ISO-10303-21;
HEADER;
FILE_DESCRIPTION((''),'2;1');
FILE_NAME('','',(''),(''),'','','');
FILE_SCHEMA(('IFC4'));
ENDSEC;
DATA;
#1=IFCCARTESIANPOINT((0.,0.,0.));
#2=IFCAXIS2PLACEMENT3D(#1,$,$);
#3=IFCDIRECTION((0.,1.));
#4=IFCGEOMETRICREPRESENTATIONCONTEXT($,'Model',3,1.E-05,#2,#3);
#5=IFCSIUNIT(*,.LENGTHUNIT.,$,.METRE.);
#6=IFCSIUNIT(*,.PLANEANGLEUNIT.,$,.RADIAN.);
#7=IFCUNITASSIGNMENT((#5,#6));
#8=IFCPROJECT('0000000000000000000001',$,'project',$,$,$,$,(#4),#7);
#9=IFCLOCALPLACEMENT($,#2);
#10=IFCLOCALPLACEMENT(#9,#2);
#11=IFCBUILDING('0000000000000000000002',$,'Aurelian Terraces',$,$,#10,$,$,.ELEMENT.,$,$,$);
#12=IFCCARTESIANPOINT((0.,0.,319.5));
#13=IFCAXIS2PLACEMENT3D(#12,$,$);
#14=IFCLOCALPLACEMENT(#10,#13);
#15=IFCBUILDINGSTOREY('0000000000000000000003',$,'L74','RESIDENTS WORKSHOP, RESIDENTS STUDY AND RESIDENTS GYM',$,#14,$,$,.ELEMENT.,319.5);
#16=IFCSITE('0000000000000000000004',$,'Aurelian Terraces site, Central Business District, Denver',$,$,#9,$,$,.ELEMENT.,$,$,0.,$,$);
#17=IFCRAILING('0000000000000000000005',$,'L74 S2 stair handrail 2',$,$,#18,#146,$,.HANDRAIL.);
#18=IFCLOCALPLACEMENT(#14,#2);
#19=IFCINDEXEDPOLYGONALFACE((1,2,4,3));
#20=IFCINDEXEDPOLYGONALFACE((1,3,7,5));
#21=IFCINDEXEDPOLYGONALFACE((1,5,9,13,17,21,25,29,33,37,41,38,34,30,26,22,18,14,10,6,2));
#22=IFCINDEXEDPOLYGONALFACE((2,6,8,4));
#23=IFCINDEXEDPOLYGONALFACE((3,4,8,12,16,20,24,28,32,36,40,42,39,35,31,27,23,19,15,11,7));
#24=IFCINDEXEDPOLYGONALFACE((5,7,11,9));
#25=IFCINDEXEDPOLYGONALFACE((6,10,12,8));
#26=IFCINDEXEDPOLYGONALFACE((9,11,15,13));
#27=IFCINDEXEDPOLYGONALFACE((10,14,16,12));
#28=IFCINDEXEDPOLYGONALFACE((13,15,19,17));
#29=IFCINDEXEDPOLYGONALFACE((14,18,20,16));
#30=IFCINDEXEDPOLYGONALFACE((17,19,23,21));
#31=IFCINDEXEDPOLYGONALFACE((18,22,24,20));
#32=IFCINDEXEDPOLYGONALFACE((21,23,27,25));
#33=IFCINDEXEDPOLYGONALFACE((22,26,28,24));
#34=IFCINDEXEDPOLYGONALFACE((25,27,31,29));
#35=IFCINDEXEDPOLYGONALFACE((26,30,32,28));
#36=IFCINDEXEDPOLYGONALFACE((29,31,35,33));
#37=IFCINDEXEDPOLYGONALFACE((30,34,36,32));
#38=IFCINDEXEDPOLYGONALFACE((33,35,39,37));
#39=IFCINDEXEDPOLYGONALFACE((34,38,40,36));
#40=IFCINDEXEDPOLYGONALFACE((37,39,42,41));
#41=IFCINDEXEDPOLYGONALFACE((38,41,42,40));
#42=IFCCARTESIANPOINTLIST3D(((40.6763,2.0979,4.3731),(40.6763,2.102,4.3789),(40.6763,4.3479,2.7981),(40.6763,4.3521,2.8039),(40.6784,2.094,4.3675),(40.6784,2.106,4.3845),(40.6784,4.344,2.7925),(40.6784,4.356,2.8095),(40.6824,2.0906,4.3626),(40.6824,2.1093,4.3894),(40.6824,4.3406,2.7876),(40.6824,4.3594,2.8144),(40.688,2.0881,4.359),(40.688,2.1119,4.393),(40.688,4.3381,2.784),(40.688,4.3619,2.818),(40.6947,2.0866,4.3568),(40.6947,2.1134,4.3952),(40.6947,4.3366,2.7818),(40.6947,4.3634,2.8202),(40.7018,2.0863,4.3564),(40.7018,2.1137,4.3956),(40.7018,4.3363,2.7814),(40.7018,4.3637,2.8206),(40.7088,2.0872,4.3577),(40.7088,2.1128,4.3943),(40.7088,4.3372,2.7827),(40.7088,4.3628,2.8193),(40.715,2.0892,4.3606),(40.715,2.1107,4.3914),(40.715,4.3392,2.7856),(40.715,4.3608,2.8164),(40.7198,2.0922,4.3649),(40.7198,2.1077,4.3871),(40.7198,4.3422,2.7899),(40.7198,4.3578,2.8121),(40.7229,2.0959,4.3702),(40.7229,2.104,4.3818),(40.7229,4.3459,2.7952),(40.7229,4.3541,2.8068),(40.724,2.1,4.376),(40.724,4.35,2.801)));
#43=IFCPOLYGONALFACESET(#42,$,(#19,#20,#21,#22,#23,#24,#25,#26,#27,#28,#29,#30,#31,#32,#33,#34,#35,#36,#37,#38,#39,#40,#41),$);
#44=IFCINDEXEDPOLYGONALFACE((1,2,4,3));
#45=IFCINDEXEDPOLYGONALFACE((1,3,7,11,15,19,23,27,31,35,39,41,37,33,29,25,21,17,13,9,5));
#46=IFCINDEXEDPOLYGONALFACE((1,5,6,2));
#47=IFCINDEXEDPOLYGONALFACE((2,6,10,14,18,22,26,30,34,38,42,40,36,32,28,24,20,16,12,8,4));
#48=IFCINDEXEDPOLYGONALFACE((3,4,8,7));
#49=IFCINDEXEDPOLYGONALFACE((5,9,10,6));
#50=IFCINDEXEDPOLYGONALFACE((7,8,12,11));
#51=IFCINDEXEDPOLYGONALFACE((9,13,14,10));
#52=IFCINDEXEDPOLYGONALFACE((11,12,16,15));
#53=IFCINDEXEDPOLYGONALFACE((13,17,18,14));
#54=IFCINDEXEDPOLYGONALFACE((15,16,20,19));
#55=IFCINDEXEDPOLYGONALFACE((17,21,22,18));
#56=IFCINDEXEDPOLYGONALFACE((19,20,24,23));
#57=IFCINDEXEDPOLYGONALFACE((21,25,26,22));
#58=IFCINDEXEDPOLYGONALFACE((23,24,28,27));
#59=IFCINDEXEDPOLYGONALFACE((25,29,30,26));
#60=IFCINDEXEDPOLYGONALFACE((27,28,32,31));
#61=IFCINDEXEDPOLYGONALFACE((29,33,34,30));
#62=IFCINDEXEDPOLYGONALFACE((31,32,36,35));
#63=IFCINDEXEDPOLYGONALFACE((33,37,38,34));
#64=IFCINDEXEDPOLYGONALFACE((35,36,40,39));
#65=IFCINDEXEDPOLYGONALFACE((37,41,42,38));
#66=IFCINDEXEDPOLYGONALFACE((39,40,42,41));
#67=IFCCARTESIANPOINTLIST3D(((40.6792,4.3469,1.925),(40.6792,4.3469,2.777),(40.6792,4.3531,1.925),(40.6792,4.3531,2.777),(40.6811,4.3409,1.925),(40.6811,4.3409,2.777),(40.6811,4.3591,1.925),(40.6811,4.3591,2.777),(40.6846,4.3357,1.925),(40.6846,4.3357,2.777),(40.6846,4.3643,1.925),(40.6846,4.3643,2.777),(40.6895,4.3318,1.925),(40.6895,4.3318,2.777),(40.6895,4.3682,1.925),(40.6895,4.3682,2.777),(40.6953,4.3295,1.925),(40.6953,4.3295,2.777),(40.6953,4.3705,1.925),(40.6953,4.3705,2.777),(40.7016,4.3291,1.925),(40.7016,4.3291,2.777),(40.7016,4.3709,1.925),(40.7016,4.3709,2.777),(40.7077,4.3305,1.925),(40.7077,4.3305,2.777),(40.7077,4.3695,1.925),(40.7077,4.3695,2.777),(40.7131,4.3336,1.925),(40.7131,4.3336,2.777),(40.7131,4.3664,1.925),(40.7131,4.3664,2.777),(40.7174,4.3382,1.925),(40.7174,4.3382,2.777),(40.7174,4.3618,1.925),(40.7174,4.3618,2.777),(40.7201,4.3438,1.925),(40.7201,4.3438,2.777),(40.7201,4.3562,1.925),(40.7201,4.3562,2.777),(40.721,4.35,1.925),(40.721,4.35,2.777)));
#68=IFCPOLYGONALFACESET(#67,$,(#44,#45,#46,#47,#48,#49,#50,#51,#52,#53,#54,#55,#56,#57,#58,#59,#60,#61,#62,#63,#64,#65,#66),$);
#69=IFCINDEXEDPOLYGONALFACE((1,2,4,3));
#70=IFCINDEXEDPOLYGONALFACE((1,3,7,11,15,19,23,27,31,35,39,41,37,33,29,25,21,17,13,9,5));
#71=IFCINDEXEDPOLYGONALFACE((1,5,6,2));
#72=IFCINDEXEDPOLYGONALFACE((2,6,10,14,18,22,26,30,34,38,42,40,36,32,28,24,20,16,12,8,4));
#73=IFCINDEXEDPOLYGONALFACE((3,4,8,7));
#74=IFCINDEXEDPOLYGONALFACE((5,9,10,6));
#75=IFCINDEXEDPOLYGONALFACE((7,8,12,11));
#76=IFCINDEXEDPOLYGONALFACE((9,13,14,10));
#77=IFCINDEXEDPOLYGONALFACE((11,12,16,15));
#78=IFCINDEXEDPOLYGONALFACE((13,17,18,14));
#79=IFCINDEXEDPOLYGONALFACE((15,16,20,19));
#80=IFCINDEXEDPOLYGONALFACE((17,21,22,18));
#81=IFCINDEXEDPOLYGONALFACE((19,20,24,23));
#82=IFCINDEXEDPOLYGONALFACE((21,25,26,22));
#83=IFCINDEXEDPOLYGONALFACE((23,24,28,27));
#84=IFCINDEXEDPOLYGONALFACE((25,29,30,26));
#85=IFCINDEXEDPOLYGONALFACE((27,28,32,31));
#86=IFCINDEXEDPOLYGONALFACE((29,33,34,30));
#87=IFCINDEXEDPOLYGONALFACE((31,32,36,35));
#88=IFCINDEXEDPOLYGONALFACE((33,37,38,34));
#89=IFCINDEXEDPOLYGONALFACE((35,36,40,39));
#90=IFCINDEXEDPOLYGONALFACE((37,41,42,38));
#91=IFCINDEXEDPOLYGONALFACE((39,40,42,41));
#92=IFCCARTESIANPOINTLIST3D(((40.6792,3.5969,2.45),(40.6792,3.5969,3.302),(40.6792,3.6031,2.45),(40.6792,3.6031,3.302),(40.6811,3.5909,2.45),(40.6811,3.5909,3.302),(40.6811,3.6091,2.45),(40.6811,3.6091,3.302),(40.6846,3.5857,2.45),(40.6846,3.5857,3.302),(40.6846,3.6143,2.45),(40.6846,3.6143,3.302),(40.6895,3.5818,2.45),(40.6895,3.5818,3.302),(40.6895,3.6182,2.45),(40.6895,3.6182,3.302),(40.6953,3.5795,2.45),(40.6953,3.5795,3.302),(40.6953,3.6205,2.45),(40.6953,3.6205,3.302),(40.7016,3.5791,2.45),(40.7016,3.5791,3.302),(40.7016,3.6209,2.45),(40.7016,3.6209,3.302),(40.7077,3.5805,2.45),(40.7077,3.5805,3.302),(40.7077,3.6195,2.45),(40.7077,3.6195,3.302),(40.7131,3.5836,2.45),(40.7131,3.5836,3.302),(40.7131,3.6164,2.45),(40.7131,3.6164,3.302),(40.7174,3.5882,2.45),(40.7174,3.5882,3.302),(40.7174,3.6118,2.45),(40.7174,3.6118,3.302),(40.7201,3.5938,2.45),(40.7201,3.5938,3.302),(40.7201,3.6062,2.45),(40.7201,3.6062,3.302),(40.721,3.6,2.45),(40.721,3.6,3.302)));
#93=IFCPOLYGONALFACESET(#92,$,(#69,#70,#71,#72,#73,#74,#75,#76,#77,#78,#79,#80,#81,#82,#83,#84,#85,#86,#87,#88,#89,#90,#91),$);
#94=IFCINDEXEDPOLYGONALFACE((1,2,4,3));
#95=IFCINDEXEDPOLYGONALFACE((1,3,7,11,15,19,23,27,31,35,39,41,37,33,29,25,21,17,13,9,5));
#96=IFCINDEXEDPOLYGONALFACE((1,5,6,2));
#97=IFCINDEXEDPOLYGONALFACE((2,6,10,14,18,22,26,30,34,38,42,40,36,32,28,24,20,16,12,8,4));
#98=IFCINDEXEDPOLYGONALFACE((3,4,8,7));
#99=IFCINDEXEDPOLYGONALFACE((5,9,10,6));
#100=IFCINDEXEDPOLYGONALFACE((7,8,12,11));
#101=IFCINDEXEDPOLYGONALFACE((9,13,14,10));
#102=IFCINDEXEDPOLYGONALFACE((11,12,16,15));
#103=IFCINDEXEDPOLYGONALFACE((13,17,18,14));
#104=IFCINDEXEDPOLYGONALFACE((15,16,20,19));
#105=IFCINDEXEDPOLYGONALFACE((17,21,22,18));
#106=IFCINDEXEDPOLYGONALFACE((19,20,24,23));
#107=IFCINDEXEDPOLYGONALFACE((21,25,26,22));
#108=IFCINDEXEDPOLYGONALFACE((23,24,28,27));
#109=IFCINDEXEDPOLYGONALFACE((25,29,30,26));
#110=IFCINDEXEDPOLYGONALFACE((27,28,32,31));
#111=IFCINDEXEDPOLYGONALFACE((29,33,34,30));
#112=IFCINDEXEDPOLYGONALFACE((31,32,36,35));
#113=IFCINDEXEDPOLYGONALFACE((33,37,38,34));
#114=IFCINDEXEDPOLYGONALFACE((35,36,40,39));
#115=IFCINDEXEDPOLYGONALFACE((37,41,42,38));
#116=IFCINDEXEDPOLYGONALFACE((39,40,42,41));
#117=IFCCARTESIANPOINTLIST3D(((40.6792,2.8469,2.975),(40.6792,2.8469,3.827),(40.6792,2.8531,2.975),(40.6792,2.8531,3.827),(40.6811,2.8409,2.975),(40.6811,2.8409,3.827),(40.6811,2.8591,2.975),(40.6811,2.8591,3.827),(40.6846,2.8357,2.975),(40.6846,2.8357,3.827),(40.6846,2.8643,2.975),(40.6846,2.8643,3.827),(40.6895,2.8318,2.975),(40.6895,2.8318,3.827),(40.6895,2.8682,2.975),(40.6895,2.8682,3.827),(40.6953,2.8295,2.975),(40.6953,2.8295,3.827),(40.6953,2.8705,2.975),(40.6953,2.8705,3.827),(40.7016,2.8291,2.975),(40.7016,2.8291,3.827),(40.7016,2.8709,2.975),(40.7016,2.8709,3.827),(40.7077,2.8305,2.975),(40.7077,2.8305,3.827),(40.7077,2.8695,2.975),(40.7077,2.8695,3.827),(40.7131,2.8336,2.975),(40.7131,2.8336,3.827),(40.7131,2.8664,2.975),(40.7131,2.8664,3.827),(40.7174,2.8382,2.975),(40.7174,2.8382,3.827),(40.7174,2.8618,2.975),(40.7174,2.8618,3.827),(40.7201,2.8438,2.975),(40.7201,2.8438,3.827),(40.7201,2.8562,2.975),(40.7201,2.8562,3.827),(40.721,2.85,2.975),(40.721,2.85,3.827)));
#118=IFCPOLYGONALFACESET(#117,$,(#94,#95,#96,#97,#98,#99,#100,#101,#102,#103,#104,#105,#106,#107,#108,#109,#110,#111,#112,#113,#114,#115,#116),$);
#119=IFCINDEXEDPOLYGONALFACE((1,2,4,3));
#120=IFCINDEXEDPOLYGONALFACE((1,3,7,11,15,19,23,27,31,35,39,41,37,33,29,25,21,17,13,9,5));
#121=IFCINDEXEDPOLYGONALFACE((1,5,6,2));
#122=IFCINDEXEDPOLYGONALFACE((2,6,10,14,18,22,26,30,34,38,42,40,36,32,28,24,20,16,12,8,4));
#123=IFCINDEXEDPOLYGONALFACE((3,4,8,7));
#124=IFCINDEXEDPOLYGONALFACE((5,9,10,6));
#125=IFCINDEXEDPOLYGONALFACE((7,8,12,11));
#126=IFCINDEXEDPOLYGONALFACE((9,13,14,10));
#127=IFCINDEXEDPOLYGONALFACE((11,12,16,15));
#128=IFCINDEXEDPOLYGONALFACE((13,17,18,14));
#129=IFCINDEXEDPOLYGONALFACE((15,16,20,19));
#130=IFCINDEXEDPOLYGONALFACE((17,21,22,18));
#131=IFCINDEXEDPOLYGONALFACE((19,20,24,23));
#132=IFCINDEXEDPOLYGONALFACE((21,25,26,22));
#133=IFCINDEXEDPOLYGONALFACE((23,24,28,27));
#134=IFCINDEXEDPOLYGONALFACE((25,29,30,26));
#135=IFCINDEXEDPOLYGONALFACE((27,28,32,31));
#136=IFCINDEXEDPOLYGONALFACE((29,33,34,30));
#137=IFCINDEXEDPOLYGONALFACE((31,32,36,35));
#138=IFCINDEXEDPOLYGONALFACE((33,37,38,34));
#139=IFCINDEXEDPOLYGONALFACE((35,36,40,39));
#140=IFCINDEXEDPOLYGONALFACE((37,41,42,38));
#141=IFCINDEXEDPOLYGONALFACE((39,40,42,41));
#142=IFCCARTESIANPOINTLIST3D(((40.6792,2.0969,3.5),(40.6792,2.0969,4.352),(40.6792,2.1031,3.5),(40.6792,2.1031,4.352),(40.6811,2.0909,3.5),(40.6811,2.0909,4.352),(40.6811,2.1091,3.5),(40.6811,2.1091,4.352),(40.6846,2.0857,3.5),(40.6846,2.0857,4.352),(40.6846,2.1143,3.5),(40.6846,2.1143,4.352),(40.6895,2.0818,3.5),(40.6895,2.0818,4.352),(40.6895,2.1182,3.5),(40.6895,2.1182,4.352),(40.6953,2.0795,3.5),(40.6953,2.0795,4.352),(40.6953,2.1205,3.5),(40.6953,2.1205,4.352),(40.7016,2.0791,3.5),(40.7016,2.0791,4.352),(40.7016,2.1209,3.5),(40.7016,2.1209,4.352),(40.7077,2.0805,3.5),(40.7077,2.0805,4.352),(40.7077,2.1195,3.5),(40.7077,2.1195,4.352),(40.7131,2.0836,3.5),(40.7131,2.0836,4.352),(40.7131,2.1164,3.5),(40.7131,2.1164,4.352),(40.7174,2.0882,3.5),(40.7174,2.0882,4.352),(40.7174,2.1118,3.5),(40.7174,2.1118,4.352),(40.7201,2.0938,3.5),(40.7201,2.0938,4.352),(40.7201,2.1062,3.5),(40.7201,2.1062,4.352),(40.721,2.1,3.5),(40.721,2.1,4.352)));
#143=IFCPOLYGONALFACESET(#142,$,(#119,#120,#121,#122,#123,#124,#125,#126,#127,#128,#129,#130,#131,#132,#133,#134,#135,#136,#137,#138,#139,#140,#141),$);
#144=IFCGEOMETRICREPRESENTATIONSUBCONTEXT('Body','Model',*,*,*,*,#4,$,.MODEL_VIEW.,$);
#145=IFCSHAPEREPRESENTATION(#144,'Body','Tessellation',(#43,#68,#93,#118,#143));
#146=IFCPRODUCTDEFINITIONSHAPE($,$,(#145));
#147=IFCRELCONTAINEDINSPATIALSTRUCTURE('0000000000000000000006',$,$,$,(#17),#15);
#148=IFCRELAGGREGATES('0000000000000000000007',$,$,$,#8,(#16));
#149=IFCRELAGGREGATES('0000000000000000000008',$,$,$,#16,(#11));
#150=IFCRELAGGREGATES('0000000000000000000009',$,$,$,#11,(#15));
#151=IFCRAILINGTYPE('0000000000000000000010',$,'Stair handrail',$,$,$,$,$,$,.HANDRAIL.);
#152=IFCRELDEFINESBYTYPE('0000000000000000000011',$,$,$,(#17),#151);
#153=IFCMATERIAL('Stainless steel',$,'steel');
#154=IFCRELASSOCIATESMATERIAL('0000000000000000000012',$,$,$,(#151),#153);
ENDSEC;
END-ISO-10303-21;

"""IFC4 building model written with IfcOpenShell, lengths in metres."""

from ifc_helpers import new_model, si_unit, direction, frame, origin, origin_2d, place, context, subcontext, project, spatial, circle, extrude, source, transform, mapped, material, type_object, element, save


model = new_model("IFC4")

# Units and contexts
model_context = context("Model", 3, precision=1e-05, world=origin(), true_north=direction((0.0, 1.0)))
body_context = subcontext(model_context, "Body", "Model", "MODEL_VIEW")
ifc_project = project(units=[si_unit("LENGTHUNIT", "METRE"), si_unit("PLANEANGLEUNIT", "RADIAN")], contexts=[model_context])

# Site, building, storey
site_placement = place(None, origin())
site = spatial("IfcSite", under=ifc_project, at=site_placement, Name="Aurelian Terraces site, Central Business District, Denver", CompositionType="ELEMENT", RefElevation=0.0)
building_placement = place(site_placement, origin())
building = spatial("IfcBuilding", under=site, at=building_placement, Name="Aurelian Terraces", CompositionType="ELEMENT")
storey_placement = place(building_placement, frame((0.0, 0.0, 319.5)))
storey = spatial("IfcBuildingStorey", under=building, at=storey_placement, Name="L74", Description="RESIDENTS WORKSHOP, RESIDENTS STUDY AND RESIDENTS GYM", CompositionType="ELEMENT", Elevation=319.5)

# Railing
ifc_material_1 = material(Name="Stainless steel", Category="steel")
railing_type_1 = type_object("IfcRailingType", Name="Stair handrail", PredefinedType="HANDRAIL", material=ifc_material_1)
shared_shape_1 = source(origin(), body_context, "Body", "SweptSolid", [
    extrude(circle(Radius=0.024, at=origin_2d()), frame((0.0, 0.0, 0.876), z_axis=(0.0, -0.819232, 0.573462), x_axis=(1.0, 0.0, 0.0)), (0.0, 0.0, 1.0), 2.7465),
    extrude(circle(Radius=0.021, at=origin_2d()), origin(), (0.0, 0.0, 1.0), 0.852),
    extrude(circle(Radius=0.021, at=origin_2d()), frame((0.0, -0.75, 0.525)), (0.0, 0.0, 1.0), 0.852),
    extrude(circle(Radius=0.021, at=origin_2d()), frame((0.0, -1.5, 1.05)), (0.0, 0.0, 1.0), 0.852),
    extrude(circle(Radius=0.021, at=origin_2d()), frame((0.0, -2.25, 1.575)), (0.0, 0.0, 1.0), 0.852),
])
railing_1_placement = place(storey_placement, frame((40.7, 4.35, 1.925)))
element("IfcRailing", 1, at=railing_1_placement, inside=storey, type_object=railing_type_1, Name="L74 S2 stair handrail 2", PredefinedType="HANDRAIL", context=body_context, shape_type="MappedRepresentation", body=[
    mapped(shared_shape_1, transform((0.0, 0.0, 0.0), scale=1.0)),
])

save(model, "model.ifc")
